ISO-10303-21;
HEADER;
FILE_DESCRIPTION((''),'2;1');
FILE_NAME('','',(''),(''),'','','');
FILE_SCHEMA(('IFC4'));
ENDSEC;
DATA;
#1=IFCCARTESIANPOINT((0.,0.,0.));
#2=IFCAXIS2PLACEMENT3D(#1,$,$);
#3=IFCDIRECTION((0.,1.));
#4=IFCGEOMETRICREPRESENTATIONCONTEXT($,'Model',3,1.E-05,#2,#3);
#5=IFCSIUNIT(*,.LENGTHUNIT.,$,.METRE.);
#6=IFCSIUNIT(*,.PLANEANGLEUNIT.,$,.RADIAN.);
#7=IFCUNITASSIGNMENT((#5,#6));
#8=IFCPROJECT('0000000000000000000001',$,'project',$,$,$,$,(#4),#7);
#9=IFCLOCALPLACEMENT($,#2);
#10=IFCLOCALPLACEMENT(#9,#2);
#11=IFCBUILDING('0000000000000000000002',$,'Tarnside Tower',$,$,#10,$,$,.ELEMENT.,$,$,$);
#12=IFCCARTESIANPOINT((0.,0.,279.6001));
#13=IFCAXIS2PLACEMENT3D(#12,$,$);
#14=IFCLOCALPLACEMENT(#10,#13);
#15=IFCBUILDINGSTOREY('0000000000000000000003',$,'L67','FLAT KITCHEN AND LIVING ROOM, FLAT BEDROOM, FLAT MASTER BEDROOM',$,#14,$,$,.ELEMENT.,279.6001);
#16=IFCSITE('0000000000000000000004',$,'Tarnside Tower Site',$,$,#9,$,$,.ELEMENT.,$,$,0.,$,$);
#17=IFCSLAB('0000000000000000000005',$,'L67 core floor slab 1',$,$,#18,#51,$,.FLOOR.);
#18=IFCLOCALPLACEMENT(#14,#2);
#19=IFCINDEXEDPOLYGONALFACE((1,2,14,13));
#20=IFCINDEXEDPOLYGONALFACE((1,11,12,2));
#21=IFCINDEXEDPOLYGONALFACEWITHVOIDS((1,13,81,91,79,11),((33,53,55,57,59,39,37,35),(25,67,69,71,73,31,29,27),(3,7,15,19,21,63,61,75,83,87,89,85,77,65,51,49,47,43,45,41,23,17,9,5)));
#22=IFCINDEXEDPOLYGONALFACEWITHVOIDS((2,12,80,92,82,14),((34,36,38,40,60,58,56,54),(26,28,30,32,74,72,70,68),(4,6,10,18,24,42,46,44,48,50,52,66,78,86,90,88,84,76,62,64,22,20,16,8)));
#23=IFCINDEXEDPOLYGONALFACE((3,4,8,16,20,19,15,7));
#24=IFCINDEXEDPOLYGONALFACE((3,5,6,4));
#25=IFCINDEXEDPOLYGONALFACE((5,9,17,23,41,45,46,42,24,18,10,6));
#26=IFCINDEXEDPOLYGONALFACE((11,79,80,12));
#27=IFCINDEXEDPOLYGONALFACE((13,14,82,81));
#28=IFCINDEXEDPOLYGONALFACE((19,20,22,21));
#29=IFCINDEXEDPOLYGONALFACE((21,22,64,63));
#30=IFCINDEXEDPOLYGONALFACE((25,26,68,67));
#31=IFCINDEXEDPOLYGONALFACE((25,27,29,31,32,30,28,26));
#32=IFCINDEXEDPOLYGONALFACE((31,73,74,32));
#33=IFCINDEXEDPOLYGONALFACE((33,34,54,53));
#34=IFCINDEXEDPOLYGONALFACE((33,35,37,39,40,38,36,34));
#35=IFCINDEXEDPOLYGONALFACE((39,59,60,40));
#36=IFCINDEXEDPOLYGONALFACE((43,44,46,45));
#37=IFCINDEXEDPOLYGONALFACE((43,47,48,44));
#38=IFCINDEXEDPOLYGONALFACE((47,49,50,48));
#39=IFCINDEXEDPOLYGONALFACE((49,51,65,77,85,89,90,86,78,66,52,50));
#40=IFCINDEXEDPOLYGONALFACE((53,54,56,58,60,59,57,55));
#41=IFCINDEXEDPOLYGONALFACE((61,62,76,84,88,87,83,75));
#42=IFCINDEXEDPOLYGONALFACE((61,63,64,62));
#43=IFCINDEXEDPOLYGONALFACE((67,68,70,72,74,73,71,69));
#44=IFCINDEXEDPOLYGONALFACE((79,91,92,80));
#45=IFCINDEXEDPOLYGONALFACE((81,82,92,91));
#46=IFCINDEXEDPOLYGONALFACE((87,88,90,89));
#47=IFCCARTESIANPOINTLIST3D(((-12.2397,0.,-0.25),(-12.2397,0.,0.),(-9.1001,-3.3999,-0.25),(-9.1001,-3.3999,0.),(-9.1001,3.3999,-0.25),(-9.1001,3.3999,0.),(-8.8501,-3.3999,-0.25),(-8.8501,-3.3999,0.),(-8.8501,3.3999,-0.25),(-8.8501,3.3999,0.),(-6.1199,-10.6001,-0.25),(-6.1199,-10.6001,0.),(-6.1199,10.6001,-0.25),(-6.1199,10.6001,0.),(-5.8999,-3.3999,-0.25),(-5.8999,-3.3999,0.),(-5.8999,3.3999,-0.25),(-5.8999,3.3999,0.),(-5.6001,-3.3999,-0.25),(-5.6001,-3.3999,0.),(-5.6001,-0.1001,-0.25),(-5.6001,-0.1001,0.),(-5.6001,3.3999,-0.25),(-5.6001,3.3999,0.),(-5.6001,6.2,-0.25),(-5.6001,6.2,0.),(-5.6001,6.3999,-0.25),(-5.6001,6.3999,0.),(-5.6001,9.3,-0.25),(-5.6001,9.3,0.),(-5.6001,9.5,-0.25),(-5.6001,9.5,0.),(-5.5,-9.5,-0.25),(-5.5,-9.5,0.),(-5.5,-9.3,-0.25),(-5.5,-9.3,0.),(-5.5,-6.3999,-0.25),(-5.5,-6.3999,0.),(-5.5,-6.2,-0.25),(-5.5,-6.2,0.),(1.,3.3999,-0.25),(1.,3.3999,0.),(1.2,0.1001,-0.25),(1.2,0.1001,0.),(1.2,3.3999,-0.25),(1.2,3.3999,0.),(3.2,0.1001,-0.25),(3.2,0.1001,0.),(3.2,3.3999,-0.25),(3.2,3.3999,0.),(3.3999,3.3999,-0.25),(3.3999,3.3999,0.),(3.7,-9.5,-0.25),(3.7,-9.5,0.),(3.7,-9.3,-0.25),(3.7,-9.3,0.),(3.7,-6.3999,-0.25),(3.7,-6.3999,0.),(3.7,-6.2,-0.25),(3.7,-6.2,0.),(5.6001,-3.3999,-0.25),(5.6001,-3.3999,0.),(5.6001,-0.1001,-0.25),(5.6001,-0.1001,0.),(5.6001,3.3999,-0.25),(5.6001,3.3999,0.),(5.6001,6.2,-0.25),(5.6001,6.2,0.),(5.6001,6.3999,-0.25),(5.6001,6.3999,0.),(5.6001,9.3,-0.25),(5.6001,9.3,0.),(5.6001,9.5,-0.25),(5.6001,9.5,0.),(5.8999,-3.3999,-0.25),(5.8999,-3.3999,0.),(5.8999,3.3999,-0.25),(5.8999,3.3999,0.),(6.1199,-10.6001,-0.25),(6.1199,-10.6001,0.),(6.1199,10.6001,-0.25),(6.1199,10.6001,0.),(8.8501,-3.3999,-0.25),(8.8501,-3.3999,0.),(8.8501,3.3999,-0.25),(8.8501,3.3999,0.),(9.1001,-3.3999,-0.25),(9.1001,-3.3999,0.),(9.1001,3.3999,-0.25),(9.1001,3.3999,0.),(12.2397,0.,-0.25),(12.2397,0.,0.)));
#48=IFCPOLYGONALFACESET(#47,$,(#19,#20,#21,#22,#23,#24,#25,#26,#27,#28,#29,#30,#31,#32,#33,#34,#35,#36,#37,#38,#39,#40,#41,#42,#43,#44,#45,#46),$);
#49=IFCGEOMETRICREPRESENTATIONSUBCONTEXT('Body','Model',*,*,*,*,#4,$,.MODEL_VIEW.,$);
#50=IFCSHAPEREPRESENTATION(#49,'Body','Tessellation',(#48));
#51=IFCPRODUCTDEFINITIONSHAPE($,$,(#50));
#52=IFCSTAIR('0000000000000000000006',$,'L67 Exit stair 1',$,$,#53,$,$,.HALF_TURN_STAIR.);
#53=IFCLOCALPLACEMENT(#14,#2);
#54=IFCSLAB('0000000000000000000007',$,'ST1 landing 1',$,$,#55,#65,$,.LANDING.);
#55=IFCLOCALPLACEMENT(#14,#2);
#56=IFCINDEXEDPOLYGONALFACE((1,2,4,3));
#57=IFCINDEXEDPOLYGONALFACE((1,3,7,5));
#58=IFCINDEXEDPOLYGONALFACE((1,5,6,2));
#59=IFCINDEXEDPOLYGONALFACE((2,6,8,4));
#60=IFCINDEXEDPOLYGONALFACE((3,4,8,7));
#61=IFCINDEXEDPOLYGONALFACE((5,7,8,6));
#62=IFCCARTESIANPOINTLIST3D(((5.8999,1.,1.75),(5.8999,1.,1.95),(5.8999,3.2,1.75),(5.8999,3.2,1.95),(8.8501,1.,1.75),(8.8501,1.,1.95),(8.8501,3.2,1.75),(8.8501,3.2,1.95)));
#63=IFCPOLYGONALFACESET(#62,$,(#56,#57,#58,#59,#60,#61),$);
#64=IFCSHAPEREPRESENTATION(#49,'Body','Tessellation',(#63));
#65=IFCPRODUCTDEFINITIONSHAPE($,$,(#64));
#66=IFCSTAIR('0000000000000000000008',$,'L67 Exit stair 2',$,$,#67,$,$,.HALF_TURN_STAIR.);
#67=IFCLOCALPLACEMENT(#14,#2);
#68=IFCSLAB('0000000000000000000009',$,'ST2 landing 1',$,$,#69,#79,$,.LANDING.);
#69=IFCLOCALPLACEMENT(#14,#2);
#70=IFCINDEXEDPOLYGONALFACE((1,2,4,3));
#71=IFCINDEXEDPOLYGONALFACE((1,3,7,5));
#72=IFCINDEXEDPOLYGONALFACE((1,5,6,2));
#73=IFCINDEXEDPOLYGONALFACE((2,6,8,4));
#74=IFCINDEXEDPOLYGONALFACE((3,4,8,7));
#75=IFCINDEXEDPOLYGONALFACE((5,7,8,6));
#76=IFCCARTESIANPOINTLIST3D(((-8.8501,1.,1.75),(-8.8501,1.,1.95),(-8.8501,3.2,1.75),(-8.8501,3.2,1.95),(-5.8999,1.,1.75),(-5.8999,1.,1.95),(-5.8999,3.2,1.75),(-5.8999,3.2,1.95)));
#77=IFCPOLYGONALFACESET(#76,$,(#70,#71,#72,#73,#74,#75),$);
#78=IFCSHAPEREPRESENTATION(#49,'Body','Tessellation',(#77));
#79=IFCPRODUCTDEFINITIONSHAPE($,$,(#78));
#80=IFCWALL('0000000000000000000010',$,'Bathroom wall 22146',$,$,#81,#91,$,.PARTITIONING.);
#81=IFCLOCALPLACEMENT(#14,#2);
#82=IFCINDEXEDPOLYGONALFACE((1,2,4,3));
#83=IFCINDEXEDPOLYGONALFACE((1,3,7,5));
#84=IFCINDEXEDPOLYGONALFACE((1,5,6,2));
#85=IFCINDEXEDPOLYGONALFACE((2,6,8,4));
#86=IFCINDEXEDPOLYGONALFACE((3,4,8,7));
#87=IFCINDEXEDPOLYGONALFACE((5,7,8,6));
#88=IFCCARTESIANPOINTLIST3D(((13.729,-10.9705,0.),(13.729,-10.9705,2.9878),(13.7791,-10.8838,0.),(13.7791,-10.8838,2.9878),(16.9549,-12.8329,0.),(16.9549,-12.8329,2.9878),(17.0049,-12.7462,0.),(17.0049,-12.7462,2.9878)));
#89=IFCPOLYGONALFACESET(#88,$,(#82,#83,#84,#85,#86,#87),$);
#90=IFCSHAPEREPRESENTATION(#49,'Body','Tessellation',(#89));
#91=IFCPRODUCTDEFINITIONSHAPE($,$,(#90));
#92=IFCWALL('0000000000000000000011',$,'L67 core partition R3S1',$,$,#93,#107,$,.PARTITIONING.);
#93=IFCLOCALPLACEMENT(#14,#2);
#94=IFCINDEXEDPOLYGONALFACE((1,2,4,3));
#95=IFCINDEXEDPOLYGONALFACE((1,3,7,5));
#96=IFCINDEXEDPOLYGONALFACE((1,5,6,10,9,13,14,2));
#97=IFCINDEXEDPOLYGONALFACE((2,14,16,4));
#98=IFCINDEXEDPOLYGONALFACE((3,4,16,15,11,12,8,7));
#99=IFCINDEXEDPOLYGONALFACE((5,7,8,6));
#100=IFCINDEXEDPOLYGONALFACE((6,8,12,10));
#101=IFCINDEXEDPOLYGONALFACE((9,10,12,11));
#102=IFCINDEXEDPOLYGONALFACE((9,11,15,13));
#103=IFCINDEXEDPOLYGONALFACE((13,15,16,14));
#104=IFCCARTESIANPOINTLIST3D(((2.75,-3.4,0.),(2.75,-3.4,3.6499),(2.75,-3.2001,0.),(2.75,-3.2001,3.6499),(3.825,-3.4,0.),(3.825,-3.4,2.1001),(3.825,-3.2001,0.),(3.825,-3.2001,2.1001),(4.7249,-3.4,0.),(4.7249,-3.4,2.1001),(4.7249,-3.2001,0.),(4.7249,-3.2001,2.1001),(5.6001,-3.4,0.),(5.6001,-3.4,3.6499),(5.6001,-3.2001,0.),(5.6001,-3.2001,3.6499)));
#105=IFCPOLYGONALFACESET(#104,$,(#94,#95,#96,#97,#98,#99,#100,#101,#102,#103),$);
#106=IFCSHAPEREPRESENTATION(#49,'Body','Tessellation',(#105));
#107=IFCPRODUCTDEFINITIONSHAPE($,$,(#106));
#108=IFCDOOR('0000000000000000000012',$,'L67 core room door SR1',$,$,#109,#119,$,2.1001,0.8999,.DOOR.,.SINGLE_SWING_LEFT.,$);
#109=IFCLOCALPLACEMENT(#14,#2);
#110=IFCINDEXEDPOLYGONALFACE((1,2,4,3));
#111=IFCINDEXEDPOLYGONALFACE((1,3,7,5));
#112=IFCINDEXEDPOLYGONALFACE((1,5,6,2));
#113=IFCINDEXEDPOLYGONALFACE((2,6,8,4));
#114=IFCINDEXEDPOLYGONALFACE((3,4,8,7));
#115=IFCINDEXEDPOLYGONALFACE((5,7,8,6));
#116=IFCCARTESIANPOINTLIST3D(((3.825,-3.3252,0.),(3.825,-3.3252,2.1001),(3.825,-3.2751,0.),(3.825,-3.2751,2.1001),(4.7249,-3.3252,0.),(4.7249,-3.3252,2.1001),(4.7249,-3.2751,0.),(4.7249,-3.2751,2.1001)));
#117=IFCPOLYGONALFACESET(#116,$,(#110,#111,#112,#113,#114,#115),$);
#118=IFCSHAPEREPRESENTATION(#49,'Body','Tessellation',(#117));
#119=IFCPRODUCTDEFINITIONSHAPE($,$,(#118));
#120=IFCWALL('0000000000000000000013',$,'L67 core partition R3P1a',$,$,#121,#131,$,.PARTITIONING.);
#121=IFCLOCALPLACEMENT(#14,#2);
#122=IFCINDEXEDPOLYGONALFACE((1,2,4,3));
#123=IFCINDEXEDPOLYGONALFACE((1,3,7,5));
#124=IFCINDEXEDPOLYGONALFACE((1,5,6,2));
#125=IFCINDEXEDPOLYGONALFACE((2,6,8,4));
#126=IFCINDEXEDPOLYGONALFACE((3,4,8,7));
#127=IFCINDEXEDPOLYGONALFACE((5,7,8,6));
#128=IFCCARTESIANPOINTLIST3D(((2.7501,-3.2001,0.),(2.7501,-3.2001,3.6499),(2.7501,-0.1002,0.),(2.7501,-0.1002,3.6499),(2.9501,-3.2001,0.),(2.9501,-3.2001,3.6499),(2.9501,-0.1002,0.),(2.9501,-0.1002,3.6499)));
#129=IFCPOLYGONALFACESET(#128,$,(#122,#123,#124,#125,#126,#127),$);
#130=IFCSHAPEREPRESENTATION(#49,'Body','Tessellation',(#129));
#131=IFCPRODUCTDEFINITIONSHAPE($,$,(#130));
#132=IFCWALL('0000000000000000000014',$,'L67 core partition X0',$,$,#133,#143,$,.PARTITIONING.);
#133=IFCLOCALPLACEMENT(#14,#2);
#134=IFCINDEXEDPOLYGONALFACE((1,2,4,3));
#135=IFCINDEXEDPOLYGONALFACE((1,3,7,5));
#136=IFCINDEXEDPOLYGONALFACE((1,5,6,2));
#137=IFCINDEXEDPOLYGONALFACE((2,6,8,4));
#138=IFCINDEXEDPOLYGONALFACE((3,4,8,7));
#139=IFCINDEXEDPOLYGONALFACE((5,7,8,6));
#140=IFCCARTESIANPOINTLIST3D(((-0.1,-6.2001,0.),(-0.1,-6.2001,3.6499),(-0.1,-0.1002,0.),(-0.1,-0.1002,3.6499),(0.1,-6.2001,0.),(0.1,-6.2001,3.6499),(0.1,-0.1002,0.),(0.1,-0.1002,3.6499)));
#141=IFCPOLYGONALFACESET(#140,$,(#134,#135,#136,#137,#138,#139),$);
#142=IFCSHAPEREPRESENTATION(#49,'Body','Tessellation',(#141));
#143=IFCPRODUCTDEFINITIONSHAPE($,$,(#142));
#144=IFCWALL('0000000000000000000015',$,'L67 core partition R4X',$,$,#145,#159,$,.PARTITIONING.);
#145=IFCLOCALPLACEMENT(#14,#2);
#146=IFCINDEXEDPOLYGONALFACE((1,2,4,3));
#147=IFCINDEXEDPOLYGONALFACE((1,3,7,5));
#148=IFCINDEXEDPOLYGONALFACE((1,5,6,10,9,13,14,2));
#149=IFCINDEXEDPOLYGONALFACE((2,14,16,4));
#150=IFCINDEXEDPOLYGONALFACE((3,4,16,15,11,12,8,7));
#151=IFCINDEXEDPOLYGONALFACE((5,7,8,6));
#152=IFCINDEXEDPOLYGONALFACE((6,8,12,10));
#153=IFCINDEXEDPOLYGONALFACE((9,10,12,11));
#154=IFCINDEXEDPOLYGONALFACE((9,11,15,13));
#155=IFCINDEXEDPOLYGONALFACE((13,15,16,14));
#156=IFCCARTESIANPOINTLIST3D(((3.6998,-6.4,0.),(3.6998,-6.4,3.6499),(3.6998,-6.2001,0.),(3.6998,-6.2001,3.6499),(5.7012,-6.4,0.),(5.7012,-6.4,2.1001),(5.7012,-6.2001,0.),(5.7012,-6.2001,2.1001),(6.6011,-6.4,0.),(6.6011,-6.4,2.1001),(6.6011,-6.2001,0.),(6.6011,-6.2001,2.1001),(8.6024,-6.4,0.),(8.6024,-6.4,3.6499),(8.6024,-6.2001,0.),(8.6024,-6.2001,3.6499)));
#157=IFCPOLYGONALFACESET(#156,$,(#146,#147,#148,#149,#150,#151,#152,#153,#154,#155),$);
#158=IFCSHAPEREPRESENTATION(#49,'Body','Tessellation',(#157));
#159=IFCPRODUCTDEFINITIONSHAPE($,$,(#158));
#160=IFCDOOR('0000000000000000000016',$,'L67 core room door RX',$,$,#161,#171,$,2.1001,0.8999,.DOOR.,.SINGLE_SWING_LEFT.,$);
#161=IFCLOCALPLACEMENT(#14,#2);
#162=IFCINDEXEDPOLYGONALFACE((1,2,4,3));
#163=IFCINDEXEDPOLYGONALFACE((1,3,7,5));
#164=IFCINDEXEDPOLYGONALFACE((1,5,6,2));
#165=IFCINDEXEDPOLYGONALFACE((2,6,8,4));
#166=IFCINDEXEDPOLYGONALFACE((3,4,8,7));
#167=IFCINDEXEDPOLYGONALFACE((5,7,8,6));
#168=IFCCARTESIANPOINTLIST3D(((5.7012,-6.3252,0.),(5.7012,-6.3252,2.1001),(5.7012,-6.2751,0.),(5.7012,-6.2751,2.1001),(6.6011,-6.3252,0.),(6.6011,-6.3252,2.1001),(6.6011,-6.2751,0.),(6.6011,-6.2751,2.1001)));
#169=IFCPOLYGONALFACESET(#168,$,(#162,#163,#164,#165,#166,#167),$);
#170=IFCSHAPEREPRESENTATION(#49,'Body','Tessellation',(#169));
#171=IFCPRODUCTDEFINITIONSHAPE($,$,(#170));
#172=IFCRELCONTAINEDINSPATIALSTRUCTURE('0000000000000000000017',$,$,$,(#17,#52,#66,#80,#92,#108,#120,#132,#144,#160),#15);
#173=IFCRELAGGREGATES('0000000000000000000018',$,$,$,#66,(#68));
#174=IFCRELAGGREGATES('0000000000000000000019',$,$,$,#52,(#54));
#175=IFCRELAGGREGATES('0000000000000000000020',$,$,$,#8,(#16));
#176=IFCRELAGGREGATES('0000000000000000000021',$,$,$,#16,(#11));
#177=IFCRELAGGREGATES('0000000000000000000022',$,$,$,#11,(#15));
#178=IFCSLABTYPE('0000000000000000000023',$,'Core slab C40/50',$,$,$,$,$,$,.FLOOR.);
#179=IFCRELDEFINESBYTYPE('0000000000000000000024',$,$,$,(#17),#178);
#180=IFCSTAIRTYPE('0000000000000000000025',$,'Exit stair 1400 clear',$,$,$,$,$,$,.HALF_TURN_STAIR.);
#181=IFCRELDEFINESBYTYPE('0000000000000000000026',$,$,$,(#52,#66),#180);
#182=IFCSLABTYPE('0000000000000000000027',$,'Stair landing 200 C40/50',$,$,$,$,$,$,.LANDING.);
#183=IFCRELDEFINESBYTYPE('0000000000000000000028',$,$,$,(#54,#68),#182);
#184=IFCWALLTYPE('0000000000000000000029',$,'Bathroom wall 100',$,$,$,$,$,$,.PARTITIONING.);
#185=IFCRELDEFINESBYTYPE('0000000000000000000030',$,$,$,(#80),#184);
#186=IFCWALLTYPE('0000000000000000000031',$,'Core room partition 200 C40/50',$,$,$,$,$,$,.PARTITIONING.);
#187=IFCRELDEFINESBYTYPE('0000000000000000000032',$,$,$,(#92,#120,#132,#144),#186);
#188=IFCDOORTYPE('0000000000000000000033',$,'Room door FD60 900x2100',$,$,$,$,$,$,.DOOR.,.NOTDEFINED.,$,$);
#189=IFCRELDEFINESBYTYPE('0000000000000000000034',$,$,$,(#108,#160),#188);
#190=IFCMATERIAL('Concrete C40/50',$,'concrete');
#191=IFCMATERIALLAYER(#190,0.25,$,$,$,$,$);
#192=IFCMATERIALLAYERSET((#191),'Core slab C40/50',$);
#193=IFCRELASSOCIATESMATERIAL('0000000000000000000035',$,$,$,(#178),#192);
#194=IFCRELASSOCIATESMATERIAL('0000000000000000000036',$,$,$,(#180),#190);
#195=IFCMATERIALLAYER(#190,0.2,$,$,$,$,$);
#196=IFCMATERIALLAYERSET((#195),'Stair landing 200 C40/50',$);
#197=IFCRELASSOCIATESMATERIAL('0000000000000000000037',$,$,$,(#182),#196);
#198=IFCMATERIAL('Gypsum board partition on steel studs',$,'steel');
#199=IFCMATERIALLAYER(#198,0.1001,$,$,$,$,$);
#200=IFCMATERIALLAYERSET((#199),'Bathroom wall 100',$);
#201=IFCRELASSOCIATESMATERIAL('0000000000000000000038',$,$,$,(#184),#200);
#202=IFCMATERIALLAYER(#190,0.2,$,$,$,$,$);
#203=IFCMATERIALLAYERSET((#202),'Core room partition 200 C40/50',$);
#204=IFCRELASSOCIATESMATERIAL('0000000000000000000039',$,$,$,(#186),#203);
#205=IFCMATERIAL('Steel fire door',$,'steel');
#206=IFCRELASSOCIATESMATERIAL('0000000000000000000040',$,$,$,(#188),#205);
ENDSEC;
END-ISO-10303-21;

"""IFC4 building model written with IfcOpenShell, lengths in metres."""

from ifc_helpers import new_model, si_unit, direction, frame, frame_2d, origin, place, context, subcontext, project, spatial, polyline, rectangle, outline, extrude, material, layer, layer_set, type_object, element, fill, aggregate, save


model = new_model("IFC4")

# Units and contexts
model_context = context("Model", 3, precision=1e-05, world=origin(), true_north=direction((0.0, 1.0)))
body_context = subcontext(model_context, "Body", "Model", "MODEL_VIEW")
ifc_project = project(units=[si_unit("LENGTHUNIT", "METRE"), si_unit("PLANEANGLEUNIT", "RADIAN")], contexts=[model_context])

# Site, building, storey
site_placement = place(None, origin())
site = spatial("IfcSite", under=ifc_project, at=site_placement, Name="Tarnside Tower Site", CompositionType="ELEMENT", RefElevation=0.0)
building_placement = place(site_placement, origin())
building = spatial("IfcBuilding", under=site, at=building_placement, Name="Tarnside Tower", CompositionType="ELEMENT")
storey_placement = place(building_placement, frame((0.0, 0.0, 279.6001)))
storey = spatial("IfcBuildingStorey", under=building, at=storey_placement, Name="L67", Description="FLAT KITCHEN AND LIVING ROOM, FLAT BEDROOM, FLAT MASTER BEDROOM", CompositionType="ELEMENT", Elevation=279.6001)

# Slab
ifc_material_1 = material(Name="Concrete C40/50", Category="concrete")
ifc_layer_1 = layer(ifc_material_1, 0.25)
ifc_layer_set_1 = layer_set([ifc_layer_1], Name="Core slab C40/50")
slab_type_1 = type_object("IfcSlabType", Name="Core slab C40/50", PredefinedType="FLOOR", material=ifc_layer_set_1)
slab_1_placement = place(storey_placement, frame((0.0, 0.0, -0.25)))
element("IfcSlab", 1, at=slab_1_placement, inside=storey, type_object=slab_type_1, Name="L67 core floor slab 1", PredefinedType="FLOOR", context=body_context, shape_type="SweptSolid", body=[
    extrude(outline(polyline([(6.1199, 10.6001), (12.2397, 0.0), (6.1199, -10.6001), (-6.1199, -10.6001), (-12.2397, 0.0), (-6.1199, 10.6001), (6.1199, 10.6001)]), holes=[polyline([(-5.5, -9.5), (3.7, -9.5), (3.7, -9.3), (3.7, -6.3999), (3.7, -6.2), (-5.5, -6.2), (-5.5, -6.3999), (-5.5, -9.3), (-5.5, -9.5)]), polyline([(-5.6001, -3.3999), (-5.6001, -0.1001), (5.6001, -0.1001), (5.6001, -3.3999), (5.8999, -3.3999), (8.8501, -3.3999), (9.1001, -3.3999), (9.1001, 3.3999), (8.8501, 3.3999), (5.8999, 3.3999), (5.6001, 3.3999), (3.3999, 3.3999), (3.2, 3.3999), (3.2, 0.1001), (1.2, 0.1001), (1.2, 3.3999), (1.0, 3.3999), (-5.6001, 3.3999), (-5.8999, 3.3999), (-8.8501, 3.3999), (-9.1001, 3.3999), (-9.1001, -3.3999), (-8.8501, -3.3999), (-5.8999, -3.3999), (-5.6001, -3.3999)]), polyline([(-5.6001, 6.2), (5.6001, 6.2), (5.6001, 6.3999), (5.6001, 9.3), (5.6001, 9.5), (-5.6001, 9.5), (-5.6001, 9.3), (-5.6001, 6.3999), (-5.6001, 6.2)])]), origin(), (0.0, 0.0, 1.0), 0.25),
])

# Stairs, slabs
stair_type = type_object("IfcStairType", Name="Exit stair 1400 clear", PredefinedType="HALF_TURN_STAIR", material=ifc_material_1)
stair_1_placement = place(storey_placement, origin())
stair_1 = element("IfcStair", 2, at=stair_1_placement, inside=storey, type_object=stair_type, Name="L67 Exit stair 1", PredefinedType="HALF_TURN_STAIR")
ifc_layer_2 = layer(ifc_material_1, 0.2)
ifc_layer_set_2 = layer_set([ifc_layer_2], Name="Stair landing 200 C40/50")
slab_type_2 = type_object("IfcSlabType", Name="Stair landing 200 C40/50", PredefinedType="LANDING", material=ifc_layer_set_2)
slab_2_placement = place(storey_placement, frame((0.0, 0.0, 1.75)))
slab_2 = element("IfcSlab", 3, at=slab_2_placement, type_object=slab_type_2, Name="ST1 landing 1", PredefinedType="LANDING", context=body_context, shape_type="SweptSolid", body=[
    extrude(outline(polyline([(8.8501, 1.0), (8.8501, 3.2), (5.8999, 3.2), (5.8999, 1.0), (8.8501, 1.0)])), origin(), (0.0, 0.0, 1.0), 0.2),
])
stair_2_placement = place(storey_placement, origin())
stair_2 = element("IfcStair", 4, at=stair_2_placement, inside=storey, type_object=stair_type, Name="L67 Exit stair 2", PredefinedType="HALF_TURN_STAIR")
slab_3_placement = place(storey_placement, frame((0.0, 0.0, 1.75)))
slab_3 = element("IfcSlab", 5, at=slab_3_placement, type_object=slab_type_2, Name="ST2 landing 1", PredefinedType="LANDING", context=body_context, shape_type="SweptSolid", body=[
    extrude(outline(polyline([(-5.8999, 1.0), (-5.8999, 3.2), (-8.8501, 3.2), (-8.8501, 1.0), (-5.8999, 1.0)])), origin(), (0.0, 0.0, 1.0), 0.2),
])
aggregate(stair_2, [slab_3])

# Wall
ifc_material_2 = material(Name="Gypsum board partition on steel studs", Category="steel")
ifc_layer_3 = layer(ifc_material_2, 0.1001)
ifc_layer_set_3 = layer_set([ifc_layer_3], Name="Bathroom wall 100")
wall_type_1 = type_object("IfcWallType", Name="Bathroom wall 100", PredefinedType="PARTITIONING", material=ifc_layer_set_3)
wall_1_placement = place(storey_placement, frame((13.7542, -10.9272, 0.0), z_axis=(0.0, 0.0, 1.0), x_axis=(0.86604, -0.499974, 0.0)))
element("IfcWall", 6, at=wall_1_placement, inside=storey, type_object=wall_type_1, Name="Bathroom wall 22146", PredefinedType="PARTITIONING", context=body_context, shape_type="SweptSolid", body=[
    extrude(rectangle(XDim=3.7249, YDim=0.1001, at=frame_2d((1.8623, 0.0))), origin(), (0.0, 0.0, 1.0), 2.9878),
])

# Wall, opening, door
ifc_layer_4 = layer(ifc_material_1, 0.2)
ifc_layer_set_4 = layer_set([ifc_layer_4], Name="Core room partition 200 C40/50")
wall_type_2 = type_object("IfcWallType", Name="Core room partition 200 C40/50", PredefinedType="PARTITIONING", material=ifc_layer_set_4)
wall_2_placement = place(storey_placement, frame((2.75, -3.3, 0.0), z_axis=(0.0, 0.0, 1.0), x_axis=(1.0, 0.0, 0.0)))
wall_2 = element("IfcWall", 7, at=wall_2_placement, inside=storey, type_object=wall_type_2, Name="L67 core partition R3S1", PredefinedType="PARTITIONING", context=body_context, shape_type="SweptSolid", body=[
    extrude(rectangle(XDim=2.8501, YDim=0.2, at=frame_2d((1.425, 0.0))), origin(), (0.0, 0.0, 1.0), 3.6499),
])
opening_1_placement = place(wall_2_placement, frame((1.075, 0.0, 0.0)))
opening_1 = element("IfcOpeningElement", 8, at=opening_1_placement, cuts=wall_2, PredefinedType="OPENING", context=body_context, shape_type="SweptSolid", body=[
    extrude(rectangle(XDim=0.8999, YDim=2.1001, at=frame_2d((0.45, 1.05))), frame((0.0, 0.1099, 0.0), z_axis=(0.0, -1.0, 0.0), x_axis=(1.0, 0.0, 0.0)), (0.0, 0.0, 1.0), 0.22),
])
ifc_material_3 = material(Name="Steel fire door", Category="steel")
door_type_1 = type_object("IfcDoorType", Name="Room door FD60 900x2100", OperationType="NOTDEFINED", PredefinedType="DOOR", material=ifc_material_3)
door_1_placement = place(opening_1_placement, origin())
door_1 = element("IfcDoor", 9, at=door_1_placement, inside=storey, type_object=door_type_1, Name="L67 core room door SR1", OperationType="SINGLE_SWING_LEFT", OverallHeight=2.1001, OverallWidth=0.8999, PredefinedType="DOOR", context=body_context, shape_type="SweptSolid", body=[
    extrude(rectangle(XDim=0.8999, YDim=2.1001, at=frame_2d((0.45, 1.05))), frame((0.0, 0.0249, 0.0), z_axis=(0.0, -1.0, 0.0), x_axis=(1.0, 0.0, 0.0)), (0.0, 0.0, 1.0), 0.05),
])
fill(opening_1, door_1)

# Walls
wall_3_placement = place(storey_placement, frame((2.8501, -3.2, 0.0), z_axis=(0.0, 0.0, 1.0), x_axis=(0.0, 1.0, 0.0)))
element("IfcWall", 10, at=wall_3_placement, inside=storey, type_object=wall_type_2, Name="L67 core partition R3P1a", PredefinedType="PARTITIONING", context=body_context, shape_type="SweptSolid", body=[
    extrude(rectangle(XDim=3.0999, YDim=0.2, at=frame_2d((1.5498, 0.0))), origin(), (0.0, 0.0, 1.0), 3.6499),
])
wall_4_placement = place(storey_placement, frame((0.0, -6.2, 0.0), z_axis=(0.0, 0.0, 1.0), x_axis=(0.0, 1.0, 0.0)))
element("IfcWall", 11, at=wall_4_placement, inside=storey, type_object=wall_type_2, Name="L67 core partition X0", PredefinedType="PARTITIONING", context=body_context, shape_type="SweptSolid", body=[
    extrude(rectangle(XDim=6.0999, YDim=0.2, at=frame_2d((3.0498, 0.0))), origin(), (0.0, 0.0, 1.0), 3.6499),
])

# Wall, opening, door
wall_5_placement = place(storey_placement, frame((3.7, -6.3, 0.0), z_axis=(0.0, 0.0, 1.0), x_axis=(1.0, 0.0, 0.0)))
wall_5 = element("IfcWall", 12, at=wall_5_placement, inside=storey, type_object=wall_type_2, Name="L67 core partition R4X", PredefinedType="PARTITIONING", context=body_context, shape_type="SweptSolid", body=[
    extrude(rectangle(XDim=4.9026, YDim=0.2, at=frame_2d((2.4512, 0.0))), origin(), (0.0, 0.0, 1.0), 3.6499),
])
opening_2_placement = place(wall_5_placement, frame((2.0012, 0.0, 0.0)))
opening_2 = element("IfcOpeningElement", 13, at=opening_2_placement, cuts=wall_5, PredefinedType="OPENING", context=body_context, shape_type="SweptSolid", body=[
    extrude(rectangle(XDim=0.8999, YDim=2.1001, at=frame_2d((0.45, 1.05))), frame((0.0, 0.1099, 0.0), z_axis=(0.0, -1.0, 0.0), x_axis=(1.0, 0.0, 0.0)), (0.0, 0.0, 1.0), 0.22),
])
door_2_placement = place(opening_2_placement, origin())
door_2 = element("IfcDoor", 14, at=door_2_placement, inside=storey, type_object=door_type_1, Name="L67 core room door RX", OperationType="SINGLE_SWING_LEFT", OverallHeight=2.1001, OverallWidth=0.8999, PredefinedType="DOOR", context=body_context, shape_type="SweptSolid", body=[
    extrude(rectangle(XDim=0.8999, YDim=2.1001, at=frame_2d((0.45, 1.05))), frame((0.0, 0.0249, 0.0), z_axis=(0.0, -1.0, 0.0), x_axis=(1.0, 0.0, 0.0)), (0.0, 0.0, 1.0), 0.05),
])
fill(opening_2, door_2)

aggregate(stair_1, [slab_2])

save(model, "model.ifc")
